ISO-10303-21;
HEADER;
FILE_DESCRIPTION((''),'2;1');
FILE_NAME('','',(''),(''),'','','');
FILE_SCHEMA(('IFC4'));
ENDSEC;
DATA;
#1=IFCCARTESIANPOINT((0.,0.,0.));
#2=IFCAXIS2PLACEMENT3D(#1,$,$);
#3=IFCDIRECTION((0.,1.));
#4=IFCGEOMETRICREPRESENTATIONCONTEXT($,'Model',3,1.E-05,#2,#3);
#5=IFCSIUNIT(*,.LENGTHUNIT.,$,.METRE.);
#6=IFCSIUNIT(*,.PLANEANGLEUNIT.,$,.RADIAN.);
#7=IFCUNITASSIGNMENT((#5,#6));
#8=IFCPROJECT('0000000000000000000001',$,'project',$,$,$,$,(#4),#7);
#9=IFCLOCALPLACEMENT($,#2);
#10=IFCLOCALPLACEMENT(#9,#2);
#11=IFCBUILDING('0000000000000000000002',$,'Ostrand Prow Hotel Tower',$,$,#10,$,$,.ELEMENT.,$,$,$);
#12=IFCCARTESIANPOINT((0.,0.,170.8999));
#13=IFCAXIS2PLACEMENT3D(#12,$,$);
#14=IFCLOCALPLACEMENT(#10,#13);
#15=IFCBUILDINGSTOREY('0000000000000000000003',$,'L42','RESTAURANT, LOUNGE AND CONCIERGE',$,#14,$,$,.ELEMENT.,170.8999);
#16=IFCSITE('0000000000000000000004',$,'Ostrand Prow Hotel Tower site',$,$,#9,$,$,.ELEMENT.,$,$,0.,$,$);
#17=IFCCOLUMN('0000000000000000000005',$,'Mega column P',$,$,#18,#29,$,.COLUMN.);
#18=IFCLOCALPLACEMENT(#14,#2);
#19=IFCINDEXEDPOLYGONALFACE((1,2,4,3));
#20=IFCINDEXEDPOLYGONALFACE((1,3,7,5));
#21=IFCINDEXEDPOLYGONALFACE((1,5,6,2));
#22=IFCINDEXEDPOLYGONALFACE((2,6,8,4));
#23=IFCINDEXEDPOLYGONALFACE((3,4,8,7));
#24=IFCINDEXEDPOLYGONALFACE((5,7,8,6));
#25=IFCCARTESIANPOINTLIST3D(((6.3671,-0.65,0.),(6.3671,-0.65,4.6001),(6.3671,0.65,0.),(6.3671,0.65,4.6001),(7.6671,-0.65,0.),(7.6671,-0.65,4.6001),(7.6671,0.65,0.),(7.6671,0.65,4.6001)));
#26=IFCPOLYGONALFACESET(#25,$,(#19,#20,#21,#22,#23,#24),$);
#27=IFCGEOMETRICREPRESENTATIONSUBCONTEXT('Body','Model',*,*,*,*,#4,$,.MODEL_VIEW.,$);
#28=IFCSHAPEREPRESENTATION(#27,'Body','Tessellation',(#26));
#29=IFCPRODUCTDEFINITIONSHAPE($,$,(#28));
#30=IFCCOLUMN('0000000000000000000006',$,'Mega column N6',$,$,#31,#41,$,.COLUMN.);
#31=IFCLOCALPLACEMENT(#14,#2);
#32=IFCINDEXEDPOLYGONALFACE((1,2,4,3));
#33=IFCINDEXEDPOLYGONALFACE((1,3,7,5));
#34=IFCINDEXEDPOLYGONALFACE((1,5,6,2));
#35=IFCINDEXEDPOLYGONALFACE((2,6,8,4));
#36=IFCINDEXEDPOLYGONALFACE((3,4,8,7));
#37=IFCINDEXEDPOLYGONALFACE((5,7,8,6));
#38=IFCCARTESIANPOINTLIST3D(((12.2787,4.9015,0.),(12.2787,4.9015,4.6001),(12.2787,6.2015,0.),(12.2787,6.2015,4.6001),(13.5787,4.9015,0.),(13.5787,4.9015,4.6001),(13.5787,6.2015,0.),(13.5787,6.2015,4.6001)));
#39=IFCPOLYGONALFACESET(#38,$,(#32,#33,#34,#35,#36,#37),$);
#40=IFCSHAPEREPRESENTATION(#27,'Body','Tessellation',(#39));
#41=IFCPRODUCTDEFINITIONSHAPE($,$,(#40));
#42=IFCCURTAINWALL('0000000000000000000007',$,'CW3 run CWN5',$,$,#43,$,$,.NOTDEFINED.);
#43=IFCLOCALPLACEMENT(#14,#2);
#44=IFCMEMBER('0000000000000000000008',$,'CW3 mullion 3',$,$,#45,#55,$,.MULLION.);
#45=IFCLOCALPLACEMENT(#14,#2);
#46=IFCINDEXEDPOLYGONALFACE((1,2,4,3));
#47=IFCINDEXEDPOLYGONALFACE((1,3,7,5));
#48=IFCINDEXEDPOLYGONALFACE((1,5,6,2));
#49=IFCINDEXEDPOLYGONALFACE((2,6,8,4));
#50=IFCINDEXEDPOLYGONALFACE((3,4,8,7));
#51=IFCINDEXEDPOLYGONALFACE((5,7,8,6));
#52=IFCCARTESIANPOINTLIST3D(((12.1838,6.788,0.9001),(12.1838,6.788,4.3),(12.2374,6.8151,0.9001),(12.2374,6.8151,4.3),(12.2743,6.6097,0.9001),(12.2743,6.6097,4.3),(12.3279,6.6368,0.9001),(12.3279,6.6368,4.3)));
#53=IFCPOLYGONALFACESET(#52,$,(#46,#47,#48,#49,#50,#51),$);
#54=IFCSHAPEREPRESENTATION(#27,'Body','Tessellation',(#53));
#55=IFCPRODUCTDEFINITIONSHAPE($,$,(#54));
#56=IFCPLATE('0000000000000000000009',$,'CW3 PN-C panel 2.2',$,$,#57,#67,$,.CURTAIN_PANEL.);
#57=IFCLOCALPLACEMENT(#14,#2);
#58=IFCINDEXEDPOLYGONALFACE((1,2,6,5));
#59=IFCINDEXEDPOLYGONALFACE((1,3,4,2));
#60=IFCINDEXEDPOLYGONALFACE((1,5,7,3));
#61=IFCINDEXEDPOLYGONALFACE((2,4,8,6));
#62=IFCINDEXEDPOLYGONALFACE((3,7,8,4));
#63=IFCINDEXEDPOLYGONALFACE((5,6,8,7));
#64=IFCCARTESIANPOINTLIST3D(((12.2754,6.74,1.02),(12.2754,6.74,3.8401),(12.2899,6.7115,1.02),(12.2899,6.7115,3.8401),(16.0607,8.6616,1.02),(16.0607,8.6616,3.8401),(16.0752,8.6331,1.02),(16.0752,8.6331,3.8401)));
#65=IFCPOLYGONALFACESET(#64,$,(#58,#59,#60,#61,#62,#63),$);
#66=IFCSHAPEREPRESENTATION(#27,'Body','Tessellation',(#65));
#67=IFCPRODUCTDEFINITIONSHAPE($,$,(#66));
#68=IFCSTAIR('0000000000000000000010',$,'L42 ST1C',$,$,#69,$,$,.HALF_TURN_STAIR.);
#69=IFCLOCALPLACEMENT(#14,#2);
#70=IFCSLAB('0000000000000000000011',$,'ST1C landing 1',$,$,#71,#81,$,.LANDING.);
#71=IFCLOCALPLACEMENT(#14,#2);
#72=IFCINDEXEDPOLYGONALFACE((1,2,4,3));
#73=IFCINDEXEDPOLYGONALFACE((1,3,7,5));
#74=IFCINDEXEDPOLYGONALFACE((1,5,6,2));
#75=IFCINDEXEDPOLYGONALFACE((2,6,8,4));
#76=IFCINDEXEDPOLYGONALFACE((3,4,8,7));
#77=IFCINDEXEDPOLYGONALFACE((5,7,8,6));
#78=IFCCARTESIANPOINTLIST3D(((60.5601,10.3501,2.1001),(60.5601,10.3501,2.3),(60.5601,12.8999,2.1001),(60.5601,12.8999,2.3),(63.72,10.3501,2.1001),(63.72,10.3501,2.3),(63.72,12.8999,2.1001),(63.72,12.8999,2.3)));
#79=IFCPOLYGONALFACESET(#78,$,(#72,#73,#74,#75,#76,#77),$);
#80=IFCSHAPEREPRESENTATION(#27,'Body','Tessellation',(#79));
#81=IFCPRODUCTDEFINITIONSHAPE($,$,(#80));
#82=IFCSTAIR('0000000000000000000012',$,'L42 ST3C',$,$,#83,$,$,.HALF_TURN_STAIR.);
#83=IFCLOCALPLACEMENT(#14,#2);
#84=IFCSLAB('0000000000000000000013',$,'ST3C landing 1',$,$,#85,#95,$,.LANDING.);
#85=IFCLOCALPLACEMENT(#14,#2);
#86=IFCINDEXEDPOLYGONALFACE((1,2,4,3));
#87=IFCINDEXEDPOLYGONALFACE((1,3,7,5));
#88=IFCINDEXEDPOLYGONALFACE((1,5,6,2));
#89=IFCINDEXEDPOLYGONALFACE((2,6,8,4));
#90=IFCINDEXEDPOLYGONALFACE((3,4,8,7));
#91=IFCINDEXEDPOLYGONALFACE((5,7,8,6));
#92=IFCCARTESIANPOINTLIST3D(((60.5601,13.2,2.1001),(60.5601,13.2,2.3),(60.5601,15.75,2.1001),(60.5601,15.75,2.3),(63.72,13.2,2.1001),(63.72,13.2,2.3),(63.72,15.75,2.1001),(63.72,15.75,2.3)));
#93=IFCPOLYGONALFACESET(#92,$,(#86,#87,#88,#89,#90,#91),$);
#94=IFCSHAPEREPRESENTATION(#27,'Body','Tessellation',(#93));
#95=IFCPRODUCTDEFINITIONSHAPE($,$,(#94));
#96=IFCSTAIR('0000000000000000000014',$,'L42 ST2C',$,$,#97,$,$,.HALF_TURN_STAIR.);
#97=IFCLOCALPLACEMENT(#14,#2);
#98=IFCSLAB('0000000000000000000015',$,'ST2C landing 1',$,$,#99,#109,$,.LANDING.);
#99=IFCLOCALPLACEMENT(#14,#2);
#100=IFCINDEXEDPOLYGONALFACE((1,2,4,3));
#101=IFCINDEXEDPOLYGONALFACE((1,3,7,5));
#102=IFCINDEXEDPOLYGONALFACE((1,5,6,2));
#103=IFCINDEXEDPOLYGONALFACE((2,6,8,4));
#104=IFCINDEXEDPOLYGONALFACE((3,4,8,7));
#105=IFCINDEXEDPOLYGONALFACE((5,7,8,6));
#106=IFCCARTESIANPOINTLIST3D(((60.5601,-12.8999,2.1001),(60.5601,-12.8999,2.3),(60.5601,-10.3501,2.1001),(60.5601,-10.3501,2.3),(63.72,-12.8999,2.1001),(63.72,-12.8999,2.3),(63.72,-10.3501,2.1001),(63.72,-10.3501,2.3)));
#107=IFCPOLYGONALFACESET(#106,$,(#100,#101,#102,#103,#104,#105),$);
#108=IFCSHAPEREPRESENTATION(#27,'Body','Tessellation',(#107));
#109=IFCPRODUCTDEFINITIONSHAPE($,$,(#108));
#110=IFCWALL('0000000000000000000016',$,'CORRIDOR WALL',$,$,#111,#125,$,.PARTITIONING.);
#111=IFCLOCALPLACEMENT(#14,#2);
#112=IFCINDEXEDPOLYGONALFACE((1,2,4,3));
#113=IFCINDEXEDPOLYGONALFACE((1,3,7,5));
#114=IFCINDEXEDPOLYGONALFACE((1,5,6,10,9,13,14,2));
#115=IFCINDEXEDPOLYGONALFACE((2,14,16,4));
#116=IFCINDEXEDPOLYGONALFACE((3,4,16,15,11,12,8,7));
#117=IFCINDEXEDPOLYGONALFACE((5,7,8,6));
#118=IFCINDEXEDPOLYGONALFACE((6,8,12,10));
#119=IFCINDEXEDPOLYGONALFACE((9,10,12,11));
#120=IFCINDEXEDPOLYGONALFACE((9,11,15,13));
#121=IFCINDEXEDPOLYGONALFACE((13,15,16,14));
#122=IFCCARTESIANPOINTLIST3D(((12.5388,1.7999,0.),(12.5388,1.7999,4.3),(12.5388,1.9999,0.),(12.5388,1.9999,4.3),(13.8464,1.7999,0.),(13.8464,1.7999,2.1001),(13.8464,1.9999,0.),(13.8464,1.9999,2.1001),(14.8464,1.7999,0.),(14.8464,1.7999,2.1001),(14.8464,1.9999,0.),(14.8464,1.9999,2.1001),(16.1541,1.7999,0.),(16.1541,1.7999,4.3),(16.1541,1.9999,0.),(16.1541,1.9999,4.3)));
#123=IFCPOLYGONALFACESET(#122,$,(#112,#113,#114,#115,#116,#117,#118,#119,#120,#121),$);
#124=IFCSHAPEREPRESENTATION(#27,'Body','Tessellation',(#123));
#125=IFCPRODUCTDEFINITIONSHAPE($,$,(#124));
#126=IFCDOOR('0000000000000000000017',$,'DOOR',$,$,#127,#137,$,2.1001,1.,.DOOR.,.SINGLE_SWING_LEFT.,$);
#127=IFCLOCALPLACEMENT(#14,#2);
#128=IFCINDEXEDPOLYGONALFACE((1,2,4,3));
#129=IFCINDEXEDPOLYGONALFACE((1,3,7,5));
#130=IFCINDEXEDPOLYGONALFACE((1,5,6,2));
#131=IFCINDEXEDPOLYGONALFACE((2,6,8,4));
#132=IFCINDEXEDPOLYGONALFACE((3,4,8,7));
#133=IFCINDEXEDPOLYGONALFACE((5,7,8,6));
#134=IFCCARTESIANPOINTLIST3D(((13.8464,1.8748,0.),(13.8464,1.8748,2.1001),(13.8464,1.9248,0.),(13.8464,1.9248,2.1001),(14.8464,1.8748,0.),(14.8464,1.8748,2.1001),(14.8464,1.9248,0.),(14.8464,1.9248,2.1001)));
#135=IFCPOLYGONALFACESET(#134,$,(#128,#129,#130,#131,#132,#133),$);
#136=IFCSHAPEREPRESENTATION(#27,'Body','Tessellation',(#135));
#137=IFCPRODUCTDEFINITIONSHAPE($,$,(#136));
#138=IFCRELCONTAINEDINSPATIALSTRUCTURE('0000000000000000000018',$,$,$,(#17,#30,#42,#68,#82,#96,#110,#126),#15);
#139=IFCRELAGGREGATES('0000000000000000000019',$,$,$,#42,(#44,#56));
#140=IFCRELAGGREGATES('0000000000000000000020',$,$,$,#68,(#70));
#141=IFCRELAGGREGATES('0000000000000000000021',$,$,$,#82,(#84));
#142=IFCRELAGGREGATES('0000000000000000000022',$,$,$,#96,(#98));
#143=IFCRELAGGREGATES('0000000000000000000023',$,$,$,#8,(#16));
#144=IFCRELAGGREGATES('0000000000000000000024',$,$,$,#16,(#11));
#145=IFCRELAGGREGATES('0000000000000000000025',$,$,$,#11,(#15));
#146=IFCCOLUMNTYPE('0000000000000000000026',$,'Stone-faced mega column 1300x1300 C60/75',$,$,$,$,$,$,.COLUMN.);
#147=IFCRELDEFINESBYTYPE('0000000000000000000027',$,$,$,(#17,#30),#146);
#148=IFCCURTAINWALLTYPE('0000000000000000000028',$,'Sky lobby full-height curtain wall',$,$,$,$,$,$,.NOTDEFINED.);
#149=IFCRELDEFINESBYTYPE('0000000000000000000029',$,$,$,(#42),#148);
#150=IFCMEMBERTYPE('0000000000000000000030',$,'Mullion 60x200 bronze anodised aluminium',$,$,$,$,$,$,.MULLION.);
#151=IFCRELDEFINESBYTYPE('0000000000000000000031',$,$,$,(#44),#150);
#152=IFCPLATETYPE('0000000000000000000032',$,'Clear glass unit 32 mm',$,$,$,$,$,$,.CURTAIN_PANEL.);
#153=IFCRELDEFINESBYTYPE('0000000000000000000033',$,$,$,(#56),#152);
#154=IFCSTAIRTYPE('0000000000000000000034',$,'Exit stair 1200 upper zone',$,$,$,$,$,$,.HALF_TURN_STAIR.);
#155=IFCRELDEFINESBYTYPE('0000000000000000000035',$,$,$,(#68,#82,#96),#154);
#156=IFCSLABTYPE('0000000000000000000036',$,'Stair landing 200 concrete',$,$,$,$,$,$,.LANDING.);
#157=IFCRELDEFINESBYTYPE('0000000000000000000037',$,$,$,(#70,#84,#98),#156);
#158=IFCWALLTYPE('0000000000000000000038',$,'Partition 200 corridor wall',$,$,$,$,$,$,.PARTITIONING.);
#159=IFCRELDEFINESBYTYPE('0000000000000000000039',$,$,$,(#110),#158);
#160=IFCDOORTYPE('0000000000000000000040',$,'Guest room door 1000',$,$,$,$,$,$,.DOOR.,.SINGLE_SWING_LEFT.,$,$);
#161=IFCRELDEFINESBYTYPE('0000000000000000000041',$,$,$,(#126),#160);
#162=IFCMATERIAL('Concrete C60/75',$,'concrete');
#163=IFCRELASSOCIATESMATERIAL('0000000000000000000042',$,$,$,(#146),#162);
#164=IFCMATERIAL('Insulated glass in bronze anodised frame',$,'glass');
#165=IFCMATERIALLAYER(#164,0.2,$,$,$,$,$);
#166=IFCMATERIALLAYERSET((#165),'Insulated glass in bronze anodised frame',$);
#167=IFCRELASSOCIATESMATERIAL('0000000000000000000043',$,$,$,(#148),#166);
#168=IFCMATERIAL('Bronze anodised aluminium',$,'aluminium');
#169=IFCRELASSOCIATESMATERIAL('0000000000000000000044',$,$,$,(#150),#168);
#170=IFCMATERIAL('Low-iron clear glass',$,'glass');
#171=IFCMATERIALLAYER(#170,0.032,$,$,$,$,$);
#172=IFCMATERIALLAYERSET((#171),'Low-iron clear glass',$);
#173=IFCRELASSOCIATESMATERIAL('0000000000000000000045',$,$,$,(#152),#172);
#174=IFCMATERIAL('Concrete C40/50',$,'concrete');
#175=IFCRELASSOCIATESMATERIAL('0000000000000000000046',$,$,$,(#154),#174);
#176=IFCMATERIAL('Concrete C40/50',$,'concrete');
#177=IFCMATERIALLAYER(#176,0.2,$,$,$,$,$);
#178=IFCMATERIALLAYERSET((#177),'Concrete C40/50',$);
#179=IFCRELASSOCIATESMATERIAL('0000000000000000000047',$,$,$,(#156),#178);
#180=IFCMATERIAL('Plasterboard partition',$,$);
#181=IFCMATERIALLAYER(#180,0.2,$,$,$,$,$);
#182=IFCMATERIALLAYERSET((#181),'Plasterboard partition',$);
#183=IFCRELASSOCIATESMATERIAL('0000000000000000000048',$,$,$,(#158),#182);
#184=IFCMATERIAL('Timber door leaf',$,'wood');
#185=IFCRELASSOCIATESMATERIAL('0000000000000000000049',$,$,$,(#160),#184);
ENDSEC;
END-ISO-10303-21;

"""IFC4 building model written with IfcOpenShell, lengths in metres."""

from ifc_helpers import new_model, si_unit, direction, frame, frame_2d, origin, origin_2d, place, context, subcontext, project, spatial, polyline, rectangle, outline, extrude, material, layer, layer_set, material_profile, profile_set, type_object, element, fill, aggregate, save


model = new_model("IFC4")

# Units and contexts
model_context = context("Model", 3, precision=1e-05, world=origin(), true_north=direction((0.0, 1.0)))
body_context = subcontext(model_context, "Body", "Model", "MODEL_VIEW")
ifc_project = project(units=[si_unit("LENGTHUNIT", "METRE"), si_unit("PLANEANGLEUNIT", "RADIAN")], contexts=[model_context])

# Site, building, storey
site_placement = place(None, origin())
site = spatial("IfcSite", under=ifc_project, at=site_placement, Name="Ostrand Prow Hotel Tower site", CompositionType="ELEMENT", RefElevation=0.0)
building_placement = place(site_placement, origin())
building = spatial("IfcBuilding", under=site, at=building_placement, Name="Ostrand Prow Hotel Tower", CompositionType="ELEMENT")
storey_placement = place(building_placement, frame((0.0, 0.0, 170.8999)))
storey = spatial("IfcBuildingStorey", under=building, at=storey_placement, Name="L42", Description="RESTAURANT, LOUNGE AND CONCIERGE", CompositionType="ELEMENT", Elevation=170.8999)

# Columns
ifc_material_1 = material(Name="Concrete C60/75", Category="concrete")
ifc_material_profile_1 = material_profile(ifc_material_1, rectangle(XDim=1.3, YDim=1.3, at=origin_2d()), Name="RC 1300x1300")
ifc_profile_set_1 = profile_set([ifc_material_profile_1], Name="Concrete C60/75")
column_type = type_object("IfcColumnType", Name="Stone-faced mega column 1300x1300 C60/75", PredefinedType="COLUMN", material=ifc_profile_set_1)
for number, where, z_axis, x_axis, name in (
    (1, (7.0171, 0.0, 0.0), (0.0, 0.0, 1.0), (1.0, 0.0, 0.0), "Mega column P"),
    (2, (12.9287, 5.5515, 0.0), (0.0, 0.0, 1.0), (1.0, 0.0, 0.0), "Mega column N6"),
):
    element("IfcColumn", number, at=place(storey_placement, frame(where, z_axis=z_axis, x_axis=x_axis)), inside=storey, type_object=column_type, Name=name, PredefinedType="COLUMN", context=body_context, shape_type="SweptSolid", body=[
        extrude(rectangle(XDim=1.3, YDim=1.3, at=origin_2d()), origin(), (0.0, 0.0, 1.0), 4.6001),
    ])

# Curtain wall, member, plate
ifc_material_2 = material(Name="Insulated glass in bronze anodised frame", Category="glass")
ifc_layer_1 = layer(ifc_material_2, 0.2)
ifc_layer_set_1 = layer_set([ifc_layer_1], Name="Insulated glass in bronze anodised frame")
curtain_wall_type = type_object("IfcCurtainWallType", Name="Sky lobby full-height curtain wall", PredefinedType="NOTDEFINED", material=ifc_layer_set_1)
curtain_wall_placement = place(storey_placement, origin())
curtain_wall = element("IfcCurtainWall", 3, at=curtain_wall_placement, inside=storey, type_object=curtain_wall_type, Name="CW3 run CWN5", PredefinedType="NOTDEFINED")
ifc_material_3 = material(Name="Bronze anodised aluminium", Category="aluminium")
ifc_material_profile_2 = material_profile(ifc_material_3, rectangle(XDim=0.2, YDim=0.0601, at=origin_2d()), Name="Mullion 60x200 bronze anodised aluminium")
ifc_profile_set_2 = profile_set([ifc_material_profile_2], Name="Bronze anodised aluminium")
member_type = type_object("IfcMemberType", Name="Mullion 60x200 bronze anodised aluminium", PredefinedType="MULLION", material=ifc_profile_set_2)
member_placement = place(storey_placement, frame((12.2559, 6.7124, 0.9001), z_axis=(0.0, 0.0, 1.0), x_axis=(0.452659, -0.891684, 0.0)))
member = element("IfcMember", 4, at=member_placement, type_object=member_type, Name="CW3 mullion 3", PredefinedType="MULLION", context=body_context, shape_type="SweptSolid", body=[
    extrude(rectangle(XDim=0.2, YDim=0.0601, at=origin_2d()), origin(), (0.0, 0.0, 1.0), 3.3999),
])
ifc_material_4 = material(Name="Low-iron clear glass", Category="glass")
ifc_layer_2 = layer(ifc_material_4, 0.032)
ifc_layer_set_2 = layer_set([ifc_layer_2], Name="Low-iron clear glass")
plate_type = type_object("IfcPlateType", Name="Clear glass unit 32 mm", PredefinedType="CURTAIN_PANEL", material=ifc_layer_set_2)
plate_placement = place(storey_placement, frame((14.1753, 7.6865, 1.02), z_axis=(0.0, 0.0, 1.0), x_axis=(-0.891684, -0.452659, 0.0)))
plate = element("IfcPlate", 5, at=plate_placement, type_object=plate_type, Name="CW3 PN-C panel 2.2", PredefinedType="CURTAIN_PANEL", context=body_context, shape_type="SweptSolid", body=[
    extrude(rectangle(XDim=4.2451, YDim=0.032, at=origin_2d()), origin(), (0.0, 0.0, 1.0), 2.8201),
])
aggregate(curtain_wall, [member, plate])

# Stairs, slabs
ifc_material_5 = material(Name="Concrete C40/50", Category="concrete")
stair_type = type_object("IfcStairType", Name="Exit stair 1200 upper zone", PredefinedType="HALF_TURN_STAIR", material=ifc_material_5)
stair_1_placement = place(storey_placement, origin())
stair_1 = element("IfcStair", 6, at=stair_1_placement, inside=storey, type_object=stair_type, Name="L42 ST1C", PredefinedType="HALF_TURN_STAIR")
ifc_material_6 = material(Name="Concrete C40/50", Category="concrete")
ifc_layer_3 = layer(ifc_material_6, 0.2)
ifc_layer_set_3 = layer_set([ifc_layer_3], Name="Concrete C40/50")
slab_type = type_object("IfcSlabType", Name="Stair landing 200 concrete", PredefinedType="LANDING", material=ifc_layer_set_3)
slab_1_placement = place(storey_placement, frame((0.0, 0.0, 2.1001)))
slab_1 = element("IfcSlab", 7, at=slab_1_placement, type_object=slab_type, Name="ST1C landing 1", PredefinedType="LANDING", context=body_context, shape_type="SweptSolid", body=[
    extrude(outline(polyline([(60.5601, 10.3501), (63.72, 10.3501), (63.72, 12.8999), (60.5601, 12.8999), (60.5601, 10.3501)])), origin(), (0.0, 0.0, 1.0), 0.2),
])
aggregate(stair_1, [slab_1])
stair_2_placement = place(storey_placement, origin())
stair_2 = element("IfcStair", 8, at=stair_2_placement, inside=storey, type_object=stair_type, Name="L42 ST3C", PredefinedType="HALF_TURN_STAIR")
slab_2_placement = place(storey_placement, frame((0.0, 0.0, 2.1001)))
slab_2 = element("IfcSlab", 9, at=slab_2_placement, type_object=slab_type, Name="ST3C landing 1", PredefinedType="LANDING", context=body_context, shape_type="SweptSolid", body=[
    extrude(outline(polyline([(60.5601, 13.2), (63.72, 13.2), (63.72, 15.75), (60.5601, 15.75), (60.5601, 13.2)])), origin(), (0.0, 0.0, 1.0), 0.2),
])
aggregate(stair_2, [slab_2])
stair_3_placement = place(storey_placement, origin())
stair_3 = element("IfcStair", 10, at=stair_3_placement, inside=storey, type_object=stair_type, Name="L42 ST2C", PredefinedType="HALF_TURN_STAIR")
slab_3_placement = place(storey_placement, frame((0.0, 0.0, 2.1001)))
slab_3 = element("IfcSlab", 11, at=slab_3_placement, type_object=slab_type, Name="ST2C landing 1", PredefinedType="LANDING", context=body_context, shape_type="SweptSolid", body=[
    extrude(outline(polyline([(60.5601, -12.8999), (63.72, -12.8999), (63.72, -10.3501), (60.5601, -10.3501), (60.5601, -12.8999)])), origin(), (0.0, 0.0, 1.0), 0.2),
])
aggregate(stair_3, [slab_3])

# Wall, opening, door
ifc_material_7 = material(Name="Plasterboard partition")
ifc_layer_4 = layer(ifc_material_7, 0.2)
ifc_layer_set_4 = layer_set([ifc_layer_4], Name="Plasterboard partition")
wall_type_1 = type_object("IfcWallType", Name="Partition 200 corridor wall", PredefinedType="PARTITIONING", material=ifc_layer_set_4)
wall_1_placement = place(storey_placement, frame((12.5388, 1.8999, 0.0), z_axis=(0.0, 0.0, 1.0), x_axis=(1.0, 0.0, 0.0)))
wall_1 = element("IfcWall", 12, at=wall_1_placement, inside=storey, type_object=wall_type_1, Name="CORRIDOR WALL", PredefinedType="PARTITIONING", context=body_context, shape_type="SweptSolid", body=[
    extrude(rectangle(XDim=3.6152, YDim=0.2, at=frame_2d((1.8076, 0.0))), origin(), (0.0, 0.0, 1.0), 4.3),
])
opening_1_placement = place(wall_1_placement, frame((1.3076, 0.0, 0.0)))
opening_1 = element("IfcOpeningElement", 13, at=opening_1_placement, cuts=wall_1, PredefinedType="OPENING", context=body_context, shape_type="SweptSolid", body=[
    extrude(rectangle(XDim=1.0, YDim=2.1001, at=frame_2d((0.5, 1.05))), frame((0.0, 0.1099, 0.0), z_axis=(0.0, -1.0, 0.0), x_axis=(1.0, 0.0, 0.0)), (0.0, 0.0, 1.0), 0.22),
])
ifc_material_8 = material(Name="Timber door leaf", Category="wood")
door_type = type_object("IfcDoorType", Name="Guest room door 1000", OperationType="SINGLE_SWING_LEFT", PredefinedType="DOOR", material=ifc_material_8)
door_placement = place(opening_1_placement, origin())
door = element("IfcDoor", 14, at=door_placement, inside=storey, type_object=door_type, Name="DOOR", OperationType="SINGLE_SWING_LEFT", OverallHeight=2.1001, OverallWidth=1.0, PredefinedType="DOOR", context=body_context, shape_type="SweptSolid", body=[
    extrude(rectangle(XDim=1.0, YDim=2.1001, at=frame_2d((0.5, 1.05))), frame((0.0, 0.0249, 0.0), z_axis=(0.0, -1.0, 0.0), x_axis=(1.0, 0.0, 0.0)), (0.0, 0.0, 1.0), 0.05),
])
fill(opening_1, door)

save(model, "model.ifc")
